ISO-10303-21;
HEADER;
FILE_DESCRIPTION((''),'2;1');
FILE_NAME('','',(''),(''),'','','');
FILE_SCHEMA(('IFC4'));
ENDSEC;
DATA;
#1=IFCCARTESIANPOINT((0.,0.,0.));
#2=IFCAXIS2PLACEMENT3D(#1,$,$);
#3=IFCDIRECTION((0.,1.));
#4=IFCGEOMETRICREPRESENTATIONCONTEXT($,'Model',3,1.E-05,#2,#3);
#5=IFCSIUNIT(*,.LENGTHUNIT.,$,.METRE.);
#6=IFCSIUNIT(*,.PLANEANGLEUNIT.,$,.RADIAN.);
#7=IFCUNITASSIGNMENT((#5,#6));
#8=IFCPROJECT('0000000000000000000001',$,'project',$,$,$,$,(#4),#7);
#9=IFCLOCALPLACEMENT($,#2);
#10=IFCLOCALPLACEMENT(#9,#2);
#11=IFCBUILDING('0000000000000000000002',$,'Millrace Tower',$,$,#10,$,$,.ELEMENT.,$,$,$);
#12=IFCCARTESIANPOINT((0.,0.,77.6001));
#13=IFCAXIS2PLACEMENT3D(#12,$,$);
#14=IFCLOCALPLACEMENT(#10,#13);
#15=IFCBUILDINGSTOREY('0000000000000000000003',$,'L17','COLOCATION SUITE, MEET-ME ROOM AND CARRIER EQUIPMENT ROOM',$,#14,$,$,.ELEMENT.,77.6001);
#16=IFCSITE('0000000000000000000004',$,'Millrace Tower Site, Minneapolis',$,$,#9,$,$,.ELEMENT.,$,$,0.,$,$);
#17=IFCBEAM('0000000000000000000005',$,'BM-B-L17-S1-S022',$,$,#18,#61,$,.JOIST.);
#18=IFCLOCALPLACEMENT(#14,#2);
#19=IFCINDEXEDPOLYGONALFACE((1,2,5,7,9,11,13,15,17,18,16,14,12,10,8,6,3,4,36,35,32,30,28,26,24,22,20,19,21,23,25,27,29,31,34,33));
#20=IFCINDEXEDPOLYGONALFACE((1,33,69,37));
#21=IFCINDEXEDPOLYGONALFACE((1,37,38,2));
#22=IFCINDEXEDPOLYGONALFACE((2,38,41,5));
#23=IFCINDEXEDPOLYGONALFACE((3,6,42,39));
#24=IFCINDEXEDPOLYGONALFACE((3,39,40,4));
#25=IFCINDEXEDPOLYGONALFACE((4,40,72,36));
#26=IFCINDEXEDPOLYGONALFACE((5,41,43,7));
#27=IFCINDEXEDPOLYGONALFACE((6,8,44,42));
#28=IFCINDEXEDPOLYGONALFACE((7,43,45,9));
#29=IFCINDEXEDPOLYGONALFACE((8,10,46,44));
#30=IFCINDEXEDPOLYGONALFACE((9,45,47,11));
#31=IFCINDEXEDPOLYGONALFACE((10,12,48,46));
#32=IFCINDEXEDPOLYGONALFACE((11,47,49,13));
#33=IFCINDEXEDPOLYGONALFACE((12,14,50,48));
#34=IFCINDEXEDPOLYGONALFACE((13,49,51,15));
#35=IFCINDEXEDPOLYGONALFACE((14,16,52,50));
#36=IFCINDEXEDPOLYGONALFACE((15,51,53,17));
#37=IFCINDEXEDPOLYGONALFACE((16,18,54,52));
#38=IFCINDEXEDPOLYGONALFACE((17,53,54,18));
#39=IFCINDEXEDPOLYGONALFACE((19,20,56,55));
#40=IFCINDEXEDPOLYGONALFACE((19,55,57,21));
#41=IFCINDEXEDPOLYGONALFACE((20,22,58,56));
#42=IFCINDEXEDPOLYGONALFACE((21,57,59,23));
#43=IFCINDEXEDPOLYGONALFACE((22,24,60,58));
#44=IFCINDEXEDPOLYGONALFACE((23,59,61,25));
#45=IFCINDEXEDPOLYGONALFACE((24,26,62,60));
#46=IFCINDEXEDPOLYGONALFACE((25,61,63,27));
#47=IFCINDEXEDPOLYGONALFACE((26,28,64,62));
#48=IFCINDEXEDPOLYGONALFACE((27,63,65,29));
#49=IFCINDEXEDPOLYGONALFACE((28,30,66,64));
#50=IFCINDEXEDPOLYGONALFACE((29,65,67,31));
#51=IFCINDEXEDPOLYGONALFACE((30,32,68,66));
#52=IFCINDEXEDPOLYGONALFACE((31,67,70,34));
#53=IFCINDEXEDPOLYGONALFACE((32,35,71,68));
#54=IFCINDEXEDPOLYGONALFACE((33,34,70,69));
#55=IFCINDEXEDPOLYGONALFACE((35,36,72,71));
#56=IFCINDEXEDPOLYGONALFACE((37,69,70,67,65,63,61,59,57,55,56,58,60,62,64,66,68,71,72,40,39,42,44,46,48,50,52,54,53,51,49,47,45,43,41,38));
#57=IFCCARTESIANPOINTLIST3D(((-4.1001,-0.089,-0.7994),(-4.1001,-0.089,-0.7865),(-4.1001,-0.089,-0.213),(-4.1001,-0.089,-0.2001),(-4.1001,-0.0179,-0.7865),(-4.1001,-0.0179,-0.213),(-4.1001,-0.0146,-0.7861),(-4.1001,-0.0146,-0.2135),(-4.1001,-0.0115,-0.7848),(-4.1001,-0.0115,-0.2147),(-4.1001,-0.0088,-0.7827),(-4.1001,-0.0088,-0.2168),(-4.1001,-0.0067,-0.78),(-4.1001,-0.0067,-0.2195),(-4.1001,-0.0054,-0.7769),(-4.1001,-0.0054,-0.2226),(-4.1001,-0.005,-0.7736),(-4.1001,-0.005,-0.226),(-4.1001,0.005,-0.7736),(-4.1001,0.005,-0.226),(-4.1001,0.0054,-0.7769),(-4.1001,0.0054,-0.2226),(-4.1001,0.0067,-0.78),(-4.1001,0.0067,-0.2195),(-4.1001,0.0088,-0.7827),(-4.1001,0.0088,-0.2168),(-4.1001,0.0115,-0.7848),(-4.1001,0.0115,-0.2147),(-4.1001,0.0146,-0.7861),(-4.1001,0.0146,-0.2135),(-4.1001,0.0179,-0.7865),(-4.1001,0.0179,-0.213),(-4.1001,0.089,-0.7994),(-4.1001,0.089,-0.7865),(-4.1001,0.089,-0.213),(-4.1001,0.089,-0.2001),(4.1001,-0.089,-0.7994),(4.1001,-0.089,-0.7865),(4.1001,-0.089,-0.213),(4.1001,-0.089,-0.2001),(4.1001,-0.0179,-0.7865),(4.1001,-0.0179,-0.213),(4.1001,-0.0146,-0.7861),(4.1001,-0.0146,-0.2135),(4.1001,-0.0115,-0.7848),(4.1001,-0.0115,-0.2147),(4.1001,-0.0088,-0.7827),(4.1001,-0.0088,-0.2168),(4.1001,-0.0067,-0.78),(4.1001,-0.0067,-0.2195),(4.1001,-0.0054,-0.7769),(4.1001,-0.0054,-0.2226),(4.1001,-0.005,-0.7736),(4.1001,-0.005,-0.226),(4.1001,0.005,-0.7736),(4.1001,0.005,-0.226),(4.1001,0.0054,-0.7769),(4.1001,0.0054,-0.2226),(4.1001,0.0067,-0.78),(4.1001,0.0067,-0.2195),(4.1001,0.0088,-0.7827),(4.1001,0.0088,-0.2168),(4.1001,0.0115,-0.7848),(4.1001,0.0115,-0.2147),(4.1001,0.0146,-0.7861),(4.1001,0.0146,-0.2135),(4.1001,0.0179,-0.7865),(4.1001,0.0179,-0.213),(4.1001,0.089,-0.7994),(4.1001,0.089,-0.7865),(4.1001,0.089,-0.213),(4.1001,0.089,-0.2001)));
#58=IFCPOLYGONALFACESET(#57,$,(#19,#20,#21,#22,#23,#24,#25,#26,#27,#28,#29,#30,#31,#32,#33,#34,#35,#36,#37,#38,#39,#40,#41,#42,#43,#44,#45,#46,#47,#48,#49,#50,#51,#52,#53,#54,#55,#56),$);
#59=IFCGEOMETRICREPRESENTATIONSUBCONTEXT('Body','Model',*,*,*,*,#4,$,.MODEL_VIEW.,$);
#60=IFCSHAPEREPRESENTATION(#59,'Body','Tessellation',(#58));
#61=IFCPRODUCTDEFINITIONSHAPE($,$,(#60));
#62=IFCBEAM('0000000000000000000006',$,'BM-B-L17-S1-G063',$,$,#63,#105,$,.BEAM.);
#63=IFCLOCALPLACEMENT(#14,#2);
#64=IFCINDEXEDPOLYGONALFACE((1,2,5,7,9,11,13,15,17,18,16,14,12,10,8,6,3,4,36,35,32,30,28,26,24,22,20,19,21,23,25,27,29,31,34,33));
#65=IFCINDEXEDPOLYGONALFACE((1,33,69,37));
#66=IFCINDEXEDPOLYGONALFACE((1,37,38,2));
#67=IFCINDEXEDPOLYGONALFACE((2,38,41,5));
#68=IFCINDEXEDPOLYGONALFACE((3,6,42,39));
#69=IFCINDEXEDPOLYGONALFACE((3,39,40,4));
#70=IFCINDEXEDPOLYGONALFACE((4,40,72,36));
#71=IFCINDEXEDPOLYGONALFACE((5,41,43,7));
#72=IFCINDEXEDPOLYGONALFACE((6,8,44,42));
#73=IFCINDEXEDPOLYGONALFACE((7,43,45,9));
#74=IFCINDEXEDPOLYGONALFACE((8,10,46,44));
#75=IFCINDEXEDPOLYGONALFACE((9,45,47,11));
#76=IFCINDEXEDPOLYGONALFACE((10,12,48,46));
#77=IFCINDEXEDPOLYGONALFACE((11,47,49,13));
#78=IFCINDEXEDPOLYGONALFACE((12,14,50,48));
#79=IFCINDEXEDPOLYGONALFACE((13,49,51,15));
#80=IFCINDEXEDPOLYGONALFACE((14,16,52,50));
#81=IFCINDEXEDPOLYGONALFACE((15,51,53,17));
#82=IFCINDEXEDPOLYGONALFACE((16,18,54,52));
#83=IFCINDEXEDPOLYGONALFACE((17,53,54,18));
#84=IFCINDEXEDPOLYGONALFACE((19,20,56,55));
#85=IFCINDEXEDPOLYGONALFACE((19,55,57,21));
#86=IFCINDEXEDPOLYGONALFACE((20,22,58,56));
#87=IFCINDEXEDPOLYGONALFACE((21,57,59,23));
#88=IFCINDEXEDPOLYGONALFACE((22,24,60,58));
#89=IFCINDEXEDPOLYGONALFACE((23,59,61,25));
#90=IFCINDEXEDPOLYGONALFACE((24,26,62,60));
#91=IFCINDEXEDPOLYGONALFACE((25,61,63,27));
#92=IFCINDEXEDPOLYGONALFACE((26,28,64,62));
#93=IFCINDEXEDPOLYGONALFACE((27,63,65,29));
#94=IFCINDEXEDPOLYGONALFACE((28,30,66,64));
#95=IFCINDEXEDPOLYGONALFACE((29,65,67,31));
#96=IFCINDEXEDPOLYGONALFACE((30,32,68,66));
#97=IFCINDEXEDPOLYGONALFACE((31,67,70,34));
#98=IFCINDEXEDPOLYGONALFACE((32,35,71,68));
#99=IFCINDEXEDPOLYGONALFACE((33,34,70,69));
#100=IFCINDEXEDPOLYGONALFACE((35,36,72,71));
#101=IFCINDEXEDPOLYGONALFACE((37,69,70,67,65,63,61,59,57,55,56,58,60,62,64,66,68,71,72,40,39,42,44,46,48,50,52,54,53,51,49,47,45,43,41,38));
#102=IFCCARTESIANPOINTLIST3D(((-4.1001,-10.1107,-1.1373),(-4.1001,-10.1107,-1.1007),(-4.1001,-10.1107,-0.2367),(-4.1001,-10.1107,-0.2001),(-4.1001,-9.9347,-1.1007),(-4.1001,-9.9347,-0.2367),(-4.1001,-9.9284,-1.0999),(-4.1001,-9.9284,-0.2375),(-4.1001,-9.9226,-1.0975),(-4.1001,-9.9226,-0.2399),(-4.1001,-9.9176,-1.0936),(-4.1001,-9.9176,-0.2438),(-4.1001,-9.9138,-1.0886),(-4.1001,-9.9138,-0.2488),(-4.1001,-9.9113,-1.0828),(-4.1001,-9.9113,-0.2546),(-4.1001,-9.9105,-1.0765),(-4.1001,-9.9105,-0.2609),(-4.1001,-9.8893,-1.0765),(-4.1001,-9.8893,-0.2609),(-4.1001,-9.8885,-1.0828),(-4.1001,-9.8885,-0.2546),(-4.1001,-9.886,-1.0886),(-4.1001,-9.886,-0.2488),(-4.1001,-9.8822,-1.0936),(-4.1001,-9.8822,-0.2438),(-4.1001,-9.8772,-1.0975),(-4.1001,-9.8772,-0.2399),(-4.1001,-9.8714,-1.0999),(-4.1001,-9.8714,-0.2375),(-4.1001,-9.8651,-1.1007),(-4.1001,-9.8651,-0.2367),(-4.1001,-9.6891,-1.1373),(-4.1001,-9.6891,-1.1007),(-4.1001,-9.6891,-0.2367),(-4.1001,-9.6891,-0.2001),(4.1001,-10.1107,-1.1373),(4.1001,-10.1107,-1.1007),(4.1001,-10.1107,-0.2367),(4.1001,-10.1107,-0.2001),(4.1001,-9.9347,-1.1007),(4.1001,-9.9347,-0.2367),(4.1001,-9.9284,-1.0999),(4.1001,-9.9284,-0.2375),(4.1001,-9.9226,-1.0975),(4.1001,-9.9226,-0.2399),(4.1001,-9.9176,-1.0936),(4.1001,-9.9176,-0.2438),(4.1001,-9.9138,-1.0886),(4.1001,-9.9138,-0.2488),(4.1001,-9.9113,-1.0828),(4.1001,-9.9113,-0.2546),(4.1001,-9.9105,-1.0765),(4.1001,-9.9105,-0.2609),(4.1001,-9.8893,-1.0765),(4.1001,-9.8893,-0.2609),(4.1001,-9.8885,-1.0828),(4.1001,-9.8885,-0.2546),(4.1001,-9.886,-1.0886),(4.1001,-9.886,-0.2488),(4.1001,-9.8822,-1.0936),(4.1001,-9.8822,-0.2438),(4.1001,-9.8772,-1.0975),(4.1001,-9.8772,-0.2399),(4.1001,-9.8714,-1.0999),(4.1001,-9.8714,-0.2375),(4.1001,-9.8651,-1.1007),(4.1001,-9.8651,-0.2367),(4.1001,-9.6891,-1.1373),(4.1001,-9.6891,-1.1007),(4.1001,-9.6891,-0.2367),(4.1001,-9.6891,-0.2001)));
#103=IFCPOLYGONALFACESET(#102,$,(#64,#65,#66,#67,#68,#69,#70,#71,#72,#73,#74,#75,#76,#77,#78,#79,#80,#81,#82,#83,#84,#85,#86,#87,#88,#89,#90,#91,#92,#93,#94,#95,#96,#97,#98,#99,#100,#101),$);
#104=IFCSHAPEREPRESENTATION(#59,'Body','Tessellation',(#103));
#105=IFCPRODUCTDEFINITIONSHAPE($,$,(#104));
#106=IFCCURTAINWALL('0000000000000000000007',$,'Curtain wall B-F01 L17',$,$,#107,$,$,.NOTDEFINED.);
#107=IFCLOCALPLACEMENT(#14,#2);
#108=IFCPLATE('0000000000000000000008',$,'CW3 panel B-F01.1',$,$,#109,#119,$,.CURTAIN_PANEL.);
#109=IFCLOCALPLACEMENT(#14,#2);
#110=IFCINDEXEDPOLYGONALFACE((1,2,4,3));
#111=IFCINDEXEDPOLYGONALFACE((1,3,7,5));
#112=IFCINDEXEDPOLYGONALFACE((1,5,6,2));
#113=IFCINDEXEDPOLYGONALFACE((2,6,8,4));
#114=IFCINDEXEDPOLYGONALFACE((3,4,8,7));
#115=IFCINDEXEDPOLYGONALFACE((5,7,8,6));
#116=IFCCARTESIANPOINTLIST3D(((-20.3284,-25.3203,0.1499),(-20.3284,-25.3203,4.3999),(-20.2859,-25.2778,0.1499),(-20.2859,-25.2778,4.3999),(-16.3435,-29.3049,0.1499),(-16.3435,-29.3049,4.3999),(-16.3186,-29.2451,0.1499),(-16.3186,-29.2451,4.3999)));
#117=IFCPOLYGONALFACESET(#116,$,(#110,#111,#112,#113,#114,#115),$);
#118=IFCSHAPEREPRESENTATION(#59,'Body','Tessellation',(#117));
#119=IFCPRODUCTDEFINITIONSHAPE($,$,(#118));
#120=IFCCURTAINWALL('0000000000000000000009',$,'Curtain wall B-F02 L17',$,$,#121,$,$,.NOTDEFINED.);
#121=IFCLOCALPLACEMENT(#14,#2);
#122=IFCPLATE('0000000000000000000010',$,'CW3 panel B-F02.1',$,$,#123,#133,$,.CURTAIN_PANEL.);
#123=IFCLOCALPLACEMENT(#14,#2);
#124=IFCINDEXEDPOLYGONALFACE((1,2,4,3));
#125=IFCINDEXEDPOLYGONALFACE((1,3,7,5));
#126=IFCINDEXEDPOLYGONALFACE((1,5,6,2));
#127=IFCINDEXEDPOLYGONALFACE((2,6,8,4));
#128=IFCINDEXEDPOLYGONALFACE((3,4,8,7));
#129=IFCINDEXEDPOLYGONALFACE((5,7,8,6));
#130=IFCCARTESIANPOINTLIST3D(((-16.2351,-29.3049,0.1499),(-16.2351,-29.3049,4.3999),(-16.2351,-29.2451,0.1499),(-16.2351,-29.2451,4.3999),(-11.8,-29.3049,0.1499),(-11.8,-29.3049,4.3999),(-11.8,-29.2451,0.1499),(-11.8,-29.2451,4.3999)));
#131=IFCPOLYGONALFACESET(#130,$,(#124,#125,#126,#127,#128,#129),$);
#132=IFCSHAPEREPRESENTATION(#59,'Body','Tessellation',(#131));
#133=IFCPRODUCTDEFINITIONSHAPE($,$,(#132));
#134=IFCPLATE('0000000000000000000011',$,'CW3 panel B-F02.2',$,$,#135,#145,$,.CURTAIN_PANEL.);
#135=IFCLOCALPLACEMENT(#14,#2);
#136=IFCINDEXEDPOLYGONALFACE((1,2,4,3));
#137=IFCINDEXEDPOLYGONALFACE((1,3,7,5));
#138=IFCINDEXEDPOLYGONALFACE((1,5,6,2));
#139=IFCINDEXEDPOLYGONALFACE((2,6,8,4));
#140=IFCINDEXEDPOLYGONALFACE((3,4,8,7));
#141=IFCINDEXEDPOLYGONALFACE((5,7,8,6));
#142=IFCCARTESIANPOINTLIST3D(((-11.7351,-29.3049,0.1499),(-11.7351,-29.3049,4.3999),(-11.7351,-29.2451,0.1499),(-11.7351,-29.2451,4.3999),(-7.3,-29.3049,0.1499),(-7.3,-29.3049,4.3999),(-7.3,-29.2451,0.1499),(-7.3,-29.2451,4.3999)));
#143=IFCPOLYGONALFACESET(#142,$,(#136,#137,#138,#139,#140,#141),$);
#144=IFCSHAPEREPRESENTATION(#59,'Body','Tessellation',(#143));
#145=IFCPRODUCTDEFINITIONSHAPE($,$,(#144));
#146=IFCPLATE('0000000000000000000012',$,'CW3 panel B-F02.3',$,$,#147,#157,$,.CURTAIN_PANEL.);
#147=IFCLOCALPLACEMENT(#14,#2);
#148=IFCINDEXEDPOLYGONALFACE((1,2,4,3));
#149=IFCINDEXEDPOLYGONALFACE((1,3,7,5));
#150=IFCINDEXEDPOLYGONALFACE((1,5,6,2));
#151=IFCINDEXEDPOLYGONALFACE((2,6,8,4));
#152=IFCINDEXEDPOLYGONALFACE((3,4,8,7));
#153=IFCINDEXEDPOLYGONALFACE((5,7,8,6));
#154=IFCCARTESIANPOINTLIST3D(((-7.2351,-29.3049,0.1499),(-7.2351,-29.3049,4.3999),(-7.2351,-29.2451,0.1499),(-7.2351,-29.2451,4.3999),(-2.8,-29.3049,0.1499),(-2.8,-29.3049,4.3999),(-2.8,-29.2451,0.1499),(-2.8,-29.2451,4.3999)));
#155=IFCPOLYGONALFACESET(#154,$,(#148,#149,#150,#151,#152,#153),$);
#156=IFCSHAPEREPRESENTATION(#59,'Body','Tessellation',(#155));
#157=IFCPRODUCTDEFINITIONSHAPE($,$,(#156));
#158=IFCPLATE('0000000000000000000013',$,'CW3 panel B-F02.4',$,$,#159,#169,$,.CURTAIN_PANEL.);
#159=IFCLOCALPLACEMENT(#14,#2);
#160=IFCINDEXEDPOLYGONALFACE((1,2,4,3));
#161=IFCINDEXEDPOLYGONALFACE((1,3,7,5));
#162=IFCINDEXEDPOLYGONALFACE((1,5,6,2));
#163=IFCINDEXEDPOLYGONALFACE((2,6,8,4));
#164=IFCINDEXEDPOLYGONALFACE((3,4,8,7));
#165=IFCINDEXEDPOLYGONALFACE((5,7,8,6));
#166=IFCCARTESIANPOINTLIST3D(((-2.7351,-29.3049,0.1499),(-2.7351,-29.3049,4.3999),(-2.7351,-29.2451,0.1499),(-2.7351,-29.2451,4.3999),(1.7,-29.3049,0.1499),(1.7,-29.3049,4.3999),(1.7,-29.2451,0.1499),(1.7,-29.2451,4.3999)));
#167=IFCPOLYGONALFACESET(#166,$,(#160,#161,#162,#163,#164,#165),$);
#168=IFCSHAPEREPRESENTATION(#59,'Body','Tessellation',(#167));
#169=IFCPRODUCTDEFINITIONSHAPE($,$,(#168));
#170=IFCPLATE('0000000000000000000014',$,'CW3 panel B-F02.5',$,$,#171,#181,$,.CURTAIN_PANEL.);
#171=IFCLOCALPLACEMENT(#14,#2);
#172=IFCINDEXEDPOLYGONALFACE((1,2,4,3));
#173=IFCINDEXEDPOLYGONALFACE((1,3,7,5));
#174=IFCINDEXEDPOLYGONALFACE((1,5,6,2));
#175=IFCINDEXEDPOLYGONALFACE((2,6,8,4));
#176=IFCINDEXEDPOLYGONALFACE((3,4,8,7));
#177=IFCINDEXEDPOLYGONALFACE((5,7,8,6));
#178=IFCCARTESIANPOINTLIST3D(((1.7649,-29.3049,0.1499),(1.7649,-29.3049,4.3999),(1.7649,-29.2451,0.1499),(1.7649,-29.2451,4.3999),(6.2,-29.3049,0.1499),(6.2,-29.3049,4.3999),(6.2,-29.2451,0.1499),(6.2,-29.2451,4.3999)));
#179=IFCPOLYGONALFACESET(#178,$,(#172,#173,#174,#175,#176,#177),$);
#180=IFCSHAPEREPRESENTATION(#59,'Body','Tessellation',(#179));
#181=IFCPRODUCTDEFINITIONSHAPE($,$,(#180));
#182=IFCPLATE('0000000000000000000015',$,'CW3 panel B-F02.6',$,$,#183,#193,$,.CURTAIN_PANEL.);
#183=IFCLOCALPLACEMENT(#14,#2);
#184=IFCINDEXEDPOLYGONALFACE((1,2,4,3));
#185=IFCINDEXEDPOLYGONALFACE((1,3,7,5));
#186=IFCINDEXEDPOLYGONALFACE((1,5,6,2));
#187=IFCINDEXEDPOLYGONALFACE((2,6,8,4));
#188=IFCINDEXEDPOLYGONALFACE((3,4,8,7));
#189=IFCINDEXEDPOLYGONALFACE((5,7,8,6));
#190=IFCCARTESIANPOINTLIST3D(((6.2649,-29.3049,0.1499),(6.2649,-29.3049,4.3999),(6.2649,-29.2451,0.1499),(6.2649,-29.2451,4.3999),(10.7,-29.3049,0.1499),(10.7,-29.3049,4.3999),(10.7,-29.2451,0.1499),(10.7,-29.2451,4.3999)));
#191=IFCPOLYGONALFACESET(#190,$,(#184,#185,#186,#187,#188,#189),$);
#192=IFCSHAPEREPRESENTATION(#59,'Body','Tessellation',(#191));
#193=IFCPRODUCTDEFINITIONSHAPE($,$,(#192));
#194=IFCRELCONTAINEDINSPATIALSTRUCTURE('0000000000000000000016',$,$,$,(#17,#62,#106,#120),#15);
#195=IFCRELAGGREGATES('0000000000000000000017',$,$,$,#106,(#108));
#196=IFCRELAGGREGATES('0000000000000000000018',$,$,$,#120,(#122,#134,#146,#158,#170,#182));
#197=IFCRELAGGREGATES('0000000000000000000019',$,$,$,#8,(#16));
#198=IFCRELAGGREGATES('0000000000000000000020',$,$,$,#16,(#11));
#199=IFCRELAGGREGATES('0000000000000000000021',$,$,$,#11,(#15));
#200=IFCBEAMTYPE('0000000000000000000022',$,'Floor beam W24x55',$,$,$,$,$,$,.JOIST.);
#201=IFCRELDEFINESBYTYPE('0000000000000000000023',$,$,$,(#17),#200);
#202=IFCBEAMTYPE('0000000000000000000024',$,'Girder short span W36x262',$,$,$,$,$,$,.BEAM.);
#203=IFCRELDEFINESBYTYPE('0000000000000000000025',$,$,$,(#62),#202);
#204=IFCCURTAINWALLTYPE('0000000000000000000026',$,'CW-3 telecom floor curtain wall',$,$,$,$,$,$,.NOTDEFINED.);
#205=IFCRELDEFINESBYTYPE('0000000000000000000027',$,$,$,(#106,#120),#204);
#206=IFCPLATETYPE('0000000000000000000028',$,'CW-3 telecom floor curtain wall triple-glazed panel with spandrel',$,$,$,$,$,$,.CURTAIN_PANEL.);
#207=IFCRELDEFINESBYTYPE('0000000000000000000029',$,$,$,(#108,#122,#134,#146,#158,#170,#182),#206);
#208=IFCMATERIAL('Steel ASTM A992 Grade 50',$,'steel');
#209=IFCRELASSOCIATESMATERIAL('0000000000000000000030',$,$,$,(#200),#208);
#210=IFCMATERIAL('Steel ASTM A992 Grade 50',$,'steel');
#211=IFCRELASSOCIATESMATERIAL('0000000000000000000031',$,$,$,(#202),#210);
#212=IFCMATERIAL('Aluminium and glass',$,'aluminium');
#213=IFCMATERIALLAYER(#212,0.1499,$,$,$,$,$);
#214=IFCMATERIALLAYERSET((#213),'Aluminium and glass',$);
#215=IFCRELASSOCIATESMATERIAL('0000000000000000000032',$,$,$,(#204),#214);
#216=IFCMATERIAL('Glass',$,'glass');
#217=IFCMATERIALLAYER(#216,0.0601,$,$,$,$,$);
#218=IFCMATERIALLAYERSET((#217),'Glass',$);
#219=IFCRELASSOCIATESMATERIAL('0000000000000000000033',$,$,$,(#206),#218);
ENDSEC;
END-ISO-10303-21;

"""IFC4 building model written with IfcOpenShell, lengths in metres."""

from ifc_helpers import new_model, si_unit, direction, frame, origin, origin_2d, place, context, subcontext, project, spatial, polyline, i_section, outline, extrude, material, layer, layer_set, material_profile, profile_set, type_object, element, aggregate, save


model = new_model("IFC4")

# Units and contexts
model_context = context("Model", 3, precision=1e-05, world=origin(), true_north=direction((0.0, 1.0)))
body_context = subcontext(model_context, "Body", "Model", "MODEL_VIEW")
ifc_project = project(units=[si_unit("LENGTHUNIT", "METRE"), si_unit("PLANEANGLEUNIT", "RADIAN")], contexts=[model_context])

# Site, building, storey
site_placement = place(None, origin())
site = spatial("IfcSite", under=ifc_project, at=site_placement, Name="Millrace Tower Site, Minneapolis", CompositionType="ELEMENT", RefElevation=0.0)
building_placement = place(site_placement, origin())
building = spatial("IfcBuilding", under=site, at=building_placement, Name="Millrace Tower", CompositionType="ELEMENT")
storey_placement = place(building_placement, frame((0.0, 0.0, 77.6001)))
storey = spatial("IfcBuildingStorey", under=building, at=storey_placement, Name="L17", Description="COLOCATION SUITE, MEET-ME ROOM AND CARRIER EQUIPMENT ROOM", CompositionType="ELEMENT", Elevation=77.6001)

# Beams
ifc_material_1 = material(Name="Steel ASTM A992 Grade 50", Category="steel")
ifc_material_profile_1 = material_profile(ifc_material_1, i_section(OverallWidth=0.178, OverallDepth=0.5994, WebThickness=0.01, FlangeThickness=0.0129, FilletRadius=0.0129, at=origin_2d()))
ifc_profile_set_1 = profile_set([ifc_material_profile_1], Name="Steel ASTM A992 Grade 50")
beam_type_1 = type_object("IfcBeamType", Name="Floor beam W24x55", PredefinedType="JOIST", material=ifc_profile_set_1)
for number, where, z_axis, x_axis, name in (
    (1, (-4.1001, 0.0, -0.4998), (1.0, 0.0, 0.0), (0.0, 1.0, 0.0), "BM-B-L17-S1-S022"),
):
    element("IfcBeam", number, at=place(storey_placement, frame(where, z_axis=z_axis, x_axis=x_axis)), inside=storey, type_object=beam_type_1, Name=name, PredefinedType="JOIST", context=body_context, shape_type="SweptSolid", body=[
        extrude(i_section(OverallWidth=0.178, OverallDepth=0.5994, WebThickness=0.01, FlangeThickness=0.0129, FilletRadius=0.0129, at=origin_2d()), origin(), (0.0, 0.0, 1.0), 8.2002),
    ])
ifc_material_2 = material(Name="Steel ASTM A992 Grade 50", Category="steel")
ifc_material_profile_2 = material_profile(ifc_material_2, i_section(OverallWidth=0.4216, OverallDepth=0.9373, WebThickness=0.0212, FlangeThickness=0.0366, FilletRadius=0.0242, at=origin_2d()))
ifc_profile_set_2 = profile_set([ifc_material_profile_2], Name="Steel ASTM A992 Grade 50")
beam_type_2 = type_object("IfcBeamType", Name="Girder short span W36x262", PredefinedType="BEAM", material=ifc_profile_set_2)
beam_1_placement = place(storey_placement, frame((-4.1001, -9.8999, -0.6687), z_axis=(1.0, 0.0, 0.0), x_axis=(0.0, 1.0, 0.0)))
element("IfcBeam", 2, at=beam_1_placement, inside=storey, type_object=beam_type_2, Name="BM-B-L17-S1-G063", PredefinedType="BEAM", context=body_context, shape_type="SweptSolid", body=[
    extrude(i_section(OverallWidth=0.4216, OverallDepth=0.9373, WebThickness=0.0212, FlangeThickness=0.0366, FilletRadius=0.0242, at=origin_2d()), origin(), (0.0, 0.0, 1.0), 8.2002),
])

# Curtain wall, plate
ifc_material_3 = material(Name="Aluminium and glass", Category="aluminium")
ifc_layer_1 = layer(ifc_material_3, 0.1499)
ifc_layer_set_1 = layer_set([ifc_layer_1], Name="Aluminium and glass")
curtain_wall_type = type_object("IfcCurtainWallType", Name="CW-3 telecom floor curtain wall", PredefinedType="NOTDEFINED", material=ifc_layer_set_1)
placement_1 = place(storey_placement, origin())
curtain_wall_1 = element("IfcCurtainWall", 3, at=placement_1, inside=storey, type_object=curtain_wall_type, Name="Curtain wall B-F01 L17", PredefinedType="NOTDEFINED")
ifc_material_4 = material(Name="Glass", Category="glass")
ifc_layer_2 = layer(ifc_material_4, 0.0601)
ifc_layer_set_2 = layer_set([ifc_layer_2], Name="Glass")
plate_type = type_object("IfcPlateType", Name="CW-3 telecom floor curtain wall triple-glazed panel with spandrel", PredefinedType="CURTAIN_PANEL", material=ifc_layer_set_2)
placement_2 = place(storey_placement, frame((0.0, 0.0, 0.1499)))
plate_1 = element("IfcPlate", 4, at=placement_2, type_object=plate_type, Name="CW3 panel B-F01.1", PredefinedType="CURTAIN_PANEL", context=body_context, shape_type="SweptSolid", body=[
    extrude(outline(polyline([(-20.3284, -25.3203), (-16.3435, -29.3049), (-16.3186, -29.2451), (-20.2859, -25.2778), (-20.3284, -25.3203)])), origin(), (0.0, 0.0, 1.0), 4.25),
])
aggregate(curtain_wall_1, [plate_1])

# Curtain wall, plates
curtain_wall_2 = element("IfcCurtainWall", 5, at=placement_1, inside=storey, type_object=curtain_wall_type, Name="Curtain wall B-F02 L17", PredefinedType="NOTDEFINED")
plate_2 = element("IfcPlate", 6, at=placement_2, type_object=plate_type, Name="CW3 panel B-F02.1", PredefinedType="CURTAIN_PANEL", context=body_context, shape_type="SweptSolid", body=[
    extrude(outline(polyline([(-16.2351, -29.3049), (-11.8, -29.3049), (-11.8, -29.2451), (-16.2351, -29.2451), (-16.2351, -29.3049)])), origin(), (0.0, 0.0, 1.0), 4.25),
])
plate_3 = element("IfcPlate", 7, at=placement_2, type_object=plate_type, Name="CW3 panel B-F02.2", PredefinedType="CURTAIN_PANEL", context=body_context, shape_type="SweptSolid", body=[
    extrude(outline(polyline([(-11.7351, -29.3049), (-7.3, -29.3049), (-7.3, -29.2451), (-11.7351, -29.2451), (-11.7351, -29.3049)])), origin(), (0.0, 0.0, 1.0), 4.25),
])
plate_4 = element("IfcPlate", 8, at=placement_2, type_object=plate_type, Name="CW3 panel B-F02.3", PredefinedType="CURTAIN_PANEL", context=body_context, shape_type="SweptSolid", body=[
    extrude(outline(polyline([(-7.2351, -29.3049), (-2.8, -29.3049), (-2.8, -29.2451), (-7.2351, -29.2451), (-7.2351, -29.3049)])), origin(), (0.0, 0.0, 1.0), 4.25),
])
plate_5 = element("IfcPlate", 9, at=placement_2, type_object=plate_type, Name="CW3 panel B-F02.4", PredefinedType="CURTAIN_PANEL", context=body_context, shape_type="SweptSolid", body=[
    extrude(outline(polyline([(-2.7351, -29.3049), (1.7, -29.3049), (1.7, -29.2451), (-2.7351, -29.2451), (-2.7351, -29.3049)])), origin(), (0.0, 0.0, 1.0), 4.25),
])
plate_6 = element("IfcPlate", 10, at=placement_2, type_object=plate_type, Name="CW3 panel B-F02.5", PredefinedType="CURTAIN_PANEL", context=body_context, shape_type="SweptSolid", body=[
    extrude(outline(polyline([(1.7649, -29.3049), (6.2, -29.3049), (6.2, -29.2451), (1.7649, -29.2451), (1.7649, -29.3049)])), origin(), (0.0, 0.0, 1.0), 4.25),
])
plate_7 = element("IfcPlate", 11, at=placement_2, type_object=plate_type, Name="CW3 panel B-F02.6", PredefinedType="CURTAIN_PANEL", context=body_context, shape_type="SweptSolid", body=[
    extrude(outline(polyline([(6.2649, -29.3049), (10.7, -29.3049), (10.7, -29.2451), (6.2649, -29.2451), (6.2649, -29.3049)])), origin(), (0.0, 0.0, 1.0), 4.25),
])
aggregate(curtain_wall_2, [plate_2, plate_3, plate_4, plate_5, plate_6, plate_7])

save(model, "model.ifc")
